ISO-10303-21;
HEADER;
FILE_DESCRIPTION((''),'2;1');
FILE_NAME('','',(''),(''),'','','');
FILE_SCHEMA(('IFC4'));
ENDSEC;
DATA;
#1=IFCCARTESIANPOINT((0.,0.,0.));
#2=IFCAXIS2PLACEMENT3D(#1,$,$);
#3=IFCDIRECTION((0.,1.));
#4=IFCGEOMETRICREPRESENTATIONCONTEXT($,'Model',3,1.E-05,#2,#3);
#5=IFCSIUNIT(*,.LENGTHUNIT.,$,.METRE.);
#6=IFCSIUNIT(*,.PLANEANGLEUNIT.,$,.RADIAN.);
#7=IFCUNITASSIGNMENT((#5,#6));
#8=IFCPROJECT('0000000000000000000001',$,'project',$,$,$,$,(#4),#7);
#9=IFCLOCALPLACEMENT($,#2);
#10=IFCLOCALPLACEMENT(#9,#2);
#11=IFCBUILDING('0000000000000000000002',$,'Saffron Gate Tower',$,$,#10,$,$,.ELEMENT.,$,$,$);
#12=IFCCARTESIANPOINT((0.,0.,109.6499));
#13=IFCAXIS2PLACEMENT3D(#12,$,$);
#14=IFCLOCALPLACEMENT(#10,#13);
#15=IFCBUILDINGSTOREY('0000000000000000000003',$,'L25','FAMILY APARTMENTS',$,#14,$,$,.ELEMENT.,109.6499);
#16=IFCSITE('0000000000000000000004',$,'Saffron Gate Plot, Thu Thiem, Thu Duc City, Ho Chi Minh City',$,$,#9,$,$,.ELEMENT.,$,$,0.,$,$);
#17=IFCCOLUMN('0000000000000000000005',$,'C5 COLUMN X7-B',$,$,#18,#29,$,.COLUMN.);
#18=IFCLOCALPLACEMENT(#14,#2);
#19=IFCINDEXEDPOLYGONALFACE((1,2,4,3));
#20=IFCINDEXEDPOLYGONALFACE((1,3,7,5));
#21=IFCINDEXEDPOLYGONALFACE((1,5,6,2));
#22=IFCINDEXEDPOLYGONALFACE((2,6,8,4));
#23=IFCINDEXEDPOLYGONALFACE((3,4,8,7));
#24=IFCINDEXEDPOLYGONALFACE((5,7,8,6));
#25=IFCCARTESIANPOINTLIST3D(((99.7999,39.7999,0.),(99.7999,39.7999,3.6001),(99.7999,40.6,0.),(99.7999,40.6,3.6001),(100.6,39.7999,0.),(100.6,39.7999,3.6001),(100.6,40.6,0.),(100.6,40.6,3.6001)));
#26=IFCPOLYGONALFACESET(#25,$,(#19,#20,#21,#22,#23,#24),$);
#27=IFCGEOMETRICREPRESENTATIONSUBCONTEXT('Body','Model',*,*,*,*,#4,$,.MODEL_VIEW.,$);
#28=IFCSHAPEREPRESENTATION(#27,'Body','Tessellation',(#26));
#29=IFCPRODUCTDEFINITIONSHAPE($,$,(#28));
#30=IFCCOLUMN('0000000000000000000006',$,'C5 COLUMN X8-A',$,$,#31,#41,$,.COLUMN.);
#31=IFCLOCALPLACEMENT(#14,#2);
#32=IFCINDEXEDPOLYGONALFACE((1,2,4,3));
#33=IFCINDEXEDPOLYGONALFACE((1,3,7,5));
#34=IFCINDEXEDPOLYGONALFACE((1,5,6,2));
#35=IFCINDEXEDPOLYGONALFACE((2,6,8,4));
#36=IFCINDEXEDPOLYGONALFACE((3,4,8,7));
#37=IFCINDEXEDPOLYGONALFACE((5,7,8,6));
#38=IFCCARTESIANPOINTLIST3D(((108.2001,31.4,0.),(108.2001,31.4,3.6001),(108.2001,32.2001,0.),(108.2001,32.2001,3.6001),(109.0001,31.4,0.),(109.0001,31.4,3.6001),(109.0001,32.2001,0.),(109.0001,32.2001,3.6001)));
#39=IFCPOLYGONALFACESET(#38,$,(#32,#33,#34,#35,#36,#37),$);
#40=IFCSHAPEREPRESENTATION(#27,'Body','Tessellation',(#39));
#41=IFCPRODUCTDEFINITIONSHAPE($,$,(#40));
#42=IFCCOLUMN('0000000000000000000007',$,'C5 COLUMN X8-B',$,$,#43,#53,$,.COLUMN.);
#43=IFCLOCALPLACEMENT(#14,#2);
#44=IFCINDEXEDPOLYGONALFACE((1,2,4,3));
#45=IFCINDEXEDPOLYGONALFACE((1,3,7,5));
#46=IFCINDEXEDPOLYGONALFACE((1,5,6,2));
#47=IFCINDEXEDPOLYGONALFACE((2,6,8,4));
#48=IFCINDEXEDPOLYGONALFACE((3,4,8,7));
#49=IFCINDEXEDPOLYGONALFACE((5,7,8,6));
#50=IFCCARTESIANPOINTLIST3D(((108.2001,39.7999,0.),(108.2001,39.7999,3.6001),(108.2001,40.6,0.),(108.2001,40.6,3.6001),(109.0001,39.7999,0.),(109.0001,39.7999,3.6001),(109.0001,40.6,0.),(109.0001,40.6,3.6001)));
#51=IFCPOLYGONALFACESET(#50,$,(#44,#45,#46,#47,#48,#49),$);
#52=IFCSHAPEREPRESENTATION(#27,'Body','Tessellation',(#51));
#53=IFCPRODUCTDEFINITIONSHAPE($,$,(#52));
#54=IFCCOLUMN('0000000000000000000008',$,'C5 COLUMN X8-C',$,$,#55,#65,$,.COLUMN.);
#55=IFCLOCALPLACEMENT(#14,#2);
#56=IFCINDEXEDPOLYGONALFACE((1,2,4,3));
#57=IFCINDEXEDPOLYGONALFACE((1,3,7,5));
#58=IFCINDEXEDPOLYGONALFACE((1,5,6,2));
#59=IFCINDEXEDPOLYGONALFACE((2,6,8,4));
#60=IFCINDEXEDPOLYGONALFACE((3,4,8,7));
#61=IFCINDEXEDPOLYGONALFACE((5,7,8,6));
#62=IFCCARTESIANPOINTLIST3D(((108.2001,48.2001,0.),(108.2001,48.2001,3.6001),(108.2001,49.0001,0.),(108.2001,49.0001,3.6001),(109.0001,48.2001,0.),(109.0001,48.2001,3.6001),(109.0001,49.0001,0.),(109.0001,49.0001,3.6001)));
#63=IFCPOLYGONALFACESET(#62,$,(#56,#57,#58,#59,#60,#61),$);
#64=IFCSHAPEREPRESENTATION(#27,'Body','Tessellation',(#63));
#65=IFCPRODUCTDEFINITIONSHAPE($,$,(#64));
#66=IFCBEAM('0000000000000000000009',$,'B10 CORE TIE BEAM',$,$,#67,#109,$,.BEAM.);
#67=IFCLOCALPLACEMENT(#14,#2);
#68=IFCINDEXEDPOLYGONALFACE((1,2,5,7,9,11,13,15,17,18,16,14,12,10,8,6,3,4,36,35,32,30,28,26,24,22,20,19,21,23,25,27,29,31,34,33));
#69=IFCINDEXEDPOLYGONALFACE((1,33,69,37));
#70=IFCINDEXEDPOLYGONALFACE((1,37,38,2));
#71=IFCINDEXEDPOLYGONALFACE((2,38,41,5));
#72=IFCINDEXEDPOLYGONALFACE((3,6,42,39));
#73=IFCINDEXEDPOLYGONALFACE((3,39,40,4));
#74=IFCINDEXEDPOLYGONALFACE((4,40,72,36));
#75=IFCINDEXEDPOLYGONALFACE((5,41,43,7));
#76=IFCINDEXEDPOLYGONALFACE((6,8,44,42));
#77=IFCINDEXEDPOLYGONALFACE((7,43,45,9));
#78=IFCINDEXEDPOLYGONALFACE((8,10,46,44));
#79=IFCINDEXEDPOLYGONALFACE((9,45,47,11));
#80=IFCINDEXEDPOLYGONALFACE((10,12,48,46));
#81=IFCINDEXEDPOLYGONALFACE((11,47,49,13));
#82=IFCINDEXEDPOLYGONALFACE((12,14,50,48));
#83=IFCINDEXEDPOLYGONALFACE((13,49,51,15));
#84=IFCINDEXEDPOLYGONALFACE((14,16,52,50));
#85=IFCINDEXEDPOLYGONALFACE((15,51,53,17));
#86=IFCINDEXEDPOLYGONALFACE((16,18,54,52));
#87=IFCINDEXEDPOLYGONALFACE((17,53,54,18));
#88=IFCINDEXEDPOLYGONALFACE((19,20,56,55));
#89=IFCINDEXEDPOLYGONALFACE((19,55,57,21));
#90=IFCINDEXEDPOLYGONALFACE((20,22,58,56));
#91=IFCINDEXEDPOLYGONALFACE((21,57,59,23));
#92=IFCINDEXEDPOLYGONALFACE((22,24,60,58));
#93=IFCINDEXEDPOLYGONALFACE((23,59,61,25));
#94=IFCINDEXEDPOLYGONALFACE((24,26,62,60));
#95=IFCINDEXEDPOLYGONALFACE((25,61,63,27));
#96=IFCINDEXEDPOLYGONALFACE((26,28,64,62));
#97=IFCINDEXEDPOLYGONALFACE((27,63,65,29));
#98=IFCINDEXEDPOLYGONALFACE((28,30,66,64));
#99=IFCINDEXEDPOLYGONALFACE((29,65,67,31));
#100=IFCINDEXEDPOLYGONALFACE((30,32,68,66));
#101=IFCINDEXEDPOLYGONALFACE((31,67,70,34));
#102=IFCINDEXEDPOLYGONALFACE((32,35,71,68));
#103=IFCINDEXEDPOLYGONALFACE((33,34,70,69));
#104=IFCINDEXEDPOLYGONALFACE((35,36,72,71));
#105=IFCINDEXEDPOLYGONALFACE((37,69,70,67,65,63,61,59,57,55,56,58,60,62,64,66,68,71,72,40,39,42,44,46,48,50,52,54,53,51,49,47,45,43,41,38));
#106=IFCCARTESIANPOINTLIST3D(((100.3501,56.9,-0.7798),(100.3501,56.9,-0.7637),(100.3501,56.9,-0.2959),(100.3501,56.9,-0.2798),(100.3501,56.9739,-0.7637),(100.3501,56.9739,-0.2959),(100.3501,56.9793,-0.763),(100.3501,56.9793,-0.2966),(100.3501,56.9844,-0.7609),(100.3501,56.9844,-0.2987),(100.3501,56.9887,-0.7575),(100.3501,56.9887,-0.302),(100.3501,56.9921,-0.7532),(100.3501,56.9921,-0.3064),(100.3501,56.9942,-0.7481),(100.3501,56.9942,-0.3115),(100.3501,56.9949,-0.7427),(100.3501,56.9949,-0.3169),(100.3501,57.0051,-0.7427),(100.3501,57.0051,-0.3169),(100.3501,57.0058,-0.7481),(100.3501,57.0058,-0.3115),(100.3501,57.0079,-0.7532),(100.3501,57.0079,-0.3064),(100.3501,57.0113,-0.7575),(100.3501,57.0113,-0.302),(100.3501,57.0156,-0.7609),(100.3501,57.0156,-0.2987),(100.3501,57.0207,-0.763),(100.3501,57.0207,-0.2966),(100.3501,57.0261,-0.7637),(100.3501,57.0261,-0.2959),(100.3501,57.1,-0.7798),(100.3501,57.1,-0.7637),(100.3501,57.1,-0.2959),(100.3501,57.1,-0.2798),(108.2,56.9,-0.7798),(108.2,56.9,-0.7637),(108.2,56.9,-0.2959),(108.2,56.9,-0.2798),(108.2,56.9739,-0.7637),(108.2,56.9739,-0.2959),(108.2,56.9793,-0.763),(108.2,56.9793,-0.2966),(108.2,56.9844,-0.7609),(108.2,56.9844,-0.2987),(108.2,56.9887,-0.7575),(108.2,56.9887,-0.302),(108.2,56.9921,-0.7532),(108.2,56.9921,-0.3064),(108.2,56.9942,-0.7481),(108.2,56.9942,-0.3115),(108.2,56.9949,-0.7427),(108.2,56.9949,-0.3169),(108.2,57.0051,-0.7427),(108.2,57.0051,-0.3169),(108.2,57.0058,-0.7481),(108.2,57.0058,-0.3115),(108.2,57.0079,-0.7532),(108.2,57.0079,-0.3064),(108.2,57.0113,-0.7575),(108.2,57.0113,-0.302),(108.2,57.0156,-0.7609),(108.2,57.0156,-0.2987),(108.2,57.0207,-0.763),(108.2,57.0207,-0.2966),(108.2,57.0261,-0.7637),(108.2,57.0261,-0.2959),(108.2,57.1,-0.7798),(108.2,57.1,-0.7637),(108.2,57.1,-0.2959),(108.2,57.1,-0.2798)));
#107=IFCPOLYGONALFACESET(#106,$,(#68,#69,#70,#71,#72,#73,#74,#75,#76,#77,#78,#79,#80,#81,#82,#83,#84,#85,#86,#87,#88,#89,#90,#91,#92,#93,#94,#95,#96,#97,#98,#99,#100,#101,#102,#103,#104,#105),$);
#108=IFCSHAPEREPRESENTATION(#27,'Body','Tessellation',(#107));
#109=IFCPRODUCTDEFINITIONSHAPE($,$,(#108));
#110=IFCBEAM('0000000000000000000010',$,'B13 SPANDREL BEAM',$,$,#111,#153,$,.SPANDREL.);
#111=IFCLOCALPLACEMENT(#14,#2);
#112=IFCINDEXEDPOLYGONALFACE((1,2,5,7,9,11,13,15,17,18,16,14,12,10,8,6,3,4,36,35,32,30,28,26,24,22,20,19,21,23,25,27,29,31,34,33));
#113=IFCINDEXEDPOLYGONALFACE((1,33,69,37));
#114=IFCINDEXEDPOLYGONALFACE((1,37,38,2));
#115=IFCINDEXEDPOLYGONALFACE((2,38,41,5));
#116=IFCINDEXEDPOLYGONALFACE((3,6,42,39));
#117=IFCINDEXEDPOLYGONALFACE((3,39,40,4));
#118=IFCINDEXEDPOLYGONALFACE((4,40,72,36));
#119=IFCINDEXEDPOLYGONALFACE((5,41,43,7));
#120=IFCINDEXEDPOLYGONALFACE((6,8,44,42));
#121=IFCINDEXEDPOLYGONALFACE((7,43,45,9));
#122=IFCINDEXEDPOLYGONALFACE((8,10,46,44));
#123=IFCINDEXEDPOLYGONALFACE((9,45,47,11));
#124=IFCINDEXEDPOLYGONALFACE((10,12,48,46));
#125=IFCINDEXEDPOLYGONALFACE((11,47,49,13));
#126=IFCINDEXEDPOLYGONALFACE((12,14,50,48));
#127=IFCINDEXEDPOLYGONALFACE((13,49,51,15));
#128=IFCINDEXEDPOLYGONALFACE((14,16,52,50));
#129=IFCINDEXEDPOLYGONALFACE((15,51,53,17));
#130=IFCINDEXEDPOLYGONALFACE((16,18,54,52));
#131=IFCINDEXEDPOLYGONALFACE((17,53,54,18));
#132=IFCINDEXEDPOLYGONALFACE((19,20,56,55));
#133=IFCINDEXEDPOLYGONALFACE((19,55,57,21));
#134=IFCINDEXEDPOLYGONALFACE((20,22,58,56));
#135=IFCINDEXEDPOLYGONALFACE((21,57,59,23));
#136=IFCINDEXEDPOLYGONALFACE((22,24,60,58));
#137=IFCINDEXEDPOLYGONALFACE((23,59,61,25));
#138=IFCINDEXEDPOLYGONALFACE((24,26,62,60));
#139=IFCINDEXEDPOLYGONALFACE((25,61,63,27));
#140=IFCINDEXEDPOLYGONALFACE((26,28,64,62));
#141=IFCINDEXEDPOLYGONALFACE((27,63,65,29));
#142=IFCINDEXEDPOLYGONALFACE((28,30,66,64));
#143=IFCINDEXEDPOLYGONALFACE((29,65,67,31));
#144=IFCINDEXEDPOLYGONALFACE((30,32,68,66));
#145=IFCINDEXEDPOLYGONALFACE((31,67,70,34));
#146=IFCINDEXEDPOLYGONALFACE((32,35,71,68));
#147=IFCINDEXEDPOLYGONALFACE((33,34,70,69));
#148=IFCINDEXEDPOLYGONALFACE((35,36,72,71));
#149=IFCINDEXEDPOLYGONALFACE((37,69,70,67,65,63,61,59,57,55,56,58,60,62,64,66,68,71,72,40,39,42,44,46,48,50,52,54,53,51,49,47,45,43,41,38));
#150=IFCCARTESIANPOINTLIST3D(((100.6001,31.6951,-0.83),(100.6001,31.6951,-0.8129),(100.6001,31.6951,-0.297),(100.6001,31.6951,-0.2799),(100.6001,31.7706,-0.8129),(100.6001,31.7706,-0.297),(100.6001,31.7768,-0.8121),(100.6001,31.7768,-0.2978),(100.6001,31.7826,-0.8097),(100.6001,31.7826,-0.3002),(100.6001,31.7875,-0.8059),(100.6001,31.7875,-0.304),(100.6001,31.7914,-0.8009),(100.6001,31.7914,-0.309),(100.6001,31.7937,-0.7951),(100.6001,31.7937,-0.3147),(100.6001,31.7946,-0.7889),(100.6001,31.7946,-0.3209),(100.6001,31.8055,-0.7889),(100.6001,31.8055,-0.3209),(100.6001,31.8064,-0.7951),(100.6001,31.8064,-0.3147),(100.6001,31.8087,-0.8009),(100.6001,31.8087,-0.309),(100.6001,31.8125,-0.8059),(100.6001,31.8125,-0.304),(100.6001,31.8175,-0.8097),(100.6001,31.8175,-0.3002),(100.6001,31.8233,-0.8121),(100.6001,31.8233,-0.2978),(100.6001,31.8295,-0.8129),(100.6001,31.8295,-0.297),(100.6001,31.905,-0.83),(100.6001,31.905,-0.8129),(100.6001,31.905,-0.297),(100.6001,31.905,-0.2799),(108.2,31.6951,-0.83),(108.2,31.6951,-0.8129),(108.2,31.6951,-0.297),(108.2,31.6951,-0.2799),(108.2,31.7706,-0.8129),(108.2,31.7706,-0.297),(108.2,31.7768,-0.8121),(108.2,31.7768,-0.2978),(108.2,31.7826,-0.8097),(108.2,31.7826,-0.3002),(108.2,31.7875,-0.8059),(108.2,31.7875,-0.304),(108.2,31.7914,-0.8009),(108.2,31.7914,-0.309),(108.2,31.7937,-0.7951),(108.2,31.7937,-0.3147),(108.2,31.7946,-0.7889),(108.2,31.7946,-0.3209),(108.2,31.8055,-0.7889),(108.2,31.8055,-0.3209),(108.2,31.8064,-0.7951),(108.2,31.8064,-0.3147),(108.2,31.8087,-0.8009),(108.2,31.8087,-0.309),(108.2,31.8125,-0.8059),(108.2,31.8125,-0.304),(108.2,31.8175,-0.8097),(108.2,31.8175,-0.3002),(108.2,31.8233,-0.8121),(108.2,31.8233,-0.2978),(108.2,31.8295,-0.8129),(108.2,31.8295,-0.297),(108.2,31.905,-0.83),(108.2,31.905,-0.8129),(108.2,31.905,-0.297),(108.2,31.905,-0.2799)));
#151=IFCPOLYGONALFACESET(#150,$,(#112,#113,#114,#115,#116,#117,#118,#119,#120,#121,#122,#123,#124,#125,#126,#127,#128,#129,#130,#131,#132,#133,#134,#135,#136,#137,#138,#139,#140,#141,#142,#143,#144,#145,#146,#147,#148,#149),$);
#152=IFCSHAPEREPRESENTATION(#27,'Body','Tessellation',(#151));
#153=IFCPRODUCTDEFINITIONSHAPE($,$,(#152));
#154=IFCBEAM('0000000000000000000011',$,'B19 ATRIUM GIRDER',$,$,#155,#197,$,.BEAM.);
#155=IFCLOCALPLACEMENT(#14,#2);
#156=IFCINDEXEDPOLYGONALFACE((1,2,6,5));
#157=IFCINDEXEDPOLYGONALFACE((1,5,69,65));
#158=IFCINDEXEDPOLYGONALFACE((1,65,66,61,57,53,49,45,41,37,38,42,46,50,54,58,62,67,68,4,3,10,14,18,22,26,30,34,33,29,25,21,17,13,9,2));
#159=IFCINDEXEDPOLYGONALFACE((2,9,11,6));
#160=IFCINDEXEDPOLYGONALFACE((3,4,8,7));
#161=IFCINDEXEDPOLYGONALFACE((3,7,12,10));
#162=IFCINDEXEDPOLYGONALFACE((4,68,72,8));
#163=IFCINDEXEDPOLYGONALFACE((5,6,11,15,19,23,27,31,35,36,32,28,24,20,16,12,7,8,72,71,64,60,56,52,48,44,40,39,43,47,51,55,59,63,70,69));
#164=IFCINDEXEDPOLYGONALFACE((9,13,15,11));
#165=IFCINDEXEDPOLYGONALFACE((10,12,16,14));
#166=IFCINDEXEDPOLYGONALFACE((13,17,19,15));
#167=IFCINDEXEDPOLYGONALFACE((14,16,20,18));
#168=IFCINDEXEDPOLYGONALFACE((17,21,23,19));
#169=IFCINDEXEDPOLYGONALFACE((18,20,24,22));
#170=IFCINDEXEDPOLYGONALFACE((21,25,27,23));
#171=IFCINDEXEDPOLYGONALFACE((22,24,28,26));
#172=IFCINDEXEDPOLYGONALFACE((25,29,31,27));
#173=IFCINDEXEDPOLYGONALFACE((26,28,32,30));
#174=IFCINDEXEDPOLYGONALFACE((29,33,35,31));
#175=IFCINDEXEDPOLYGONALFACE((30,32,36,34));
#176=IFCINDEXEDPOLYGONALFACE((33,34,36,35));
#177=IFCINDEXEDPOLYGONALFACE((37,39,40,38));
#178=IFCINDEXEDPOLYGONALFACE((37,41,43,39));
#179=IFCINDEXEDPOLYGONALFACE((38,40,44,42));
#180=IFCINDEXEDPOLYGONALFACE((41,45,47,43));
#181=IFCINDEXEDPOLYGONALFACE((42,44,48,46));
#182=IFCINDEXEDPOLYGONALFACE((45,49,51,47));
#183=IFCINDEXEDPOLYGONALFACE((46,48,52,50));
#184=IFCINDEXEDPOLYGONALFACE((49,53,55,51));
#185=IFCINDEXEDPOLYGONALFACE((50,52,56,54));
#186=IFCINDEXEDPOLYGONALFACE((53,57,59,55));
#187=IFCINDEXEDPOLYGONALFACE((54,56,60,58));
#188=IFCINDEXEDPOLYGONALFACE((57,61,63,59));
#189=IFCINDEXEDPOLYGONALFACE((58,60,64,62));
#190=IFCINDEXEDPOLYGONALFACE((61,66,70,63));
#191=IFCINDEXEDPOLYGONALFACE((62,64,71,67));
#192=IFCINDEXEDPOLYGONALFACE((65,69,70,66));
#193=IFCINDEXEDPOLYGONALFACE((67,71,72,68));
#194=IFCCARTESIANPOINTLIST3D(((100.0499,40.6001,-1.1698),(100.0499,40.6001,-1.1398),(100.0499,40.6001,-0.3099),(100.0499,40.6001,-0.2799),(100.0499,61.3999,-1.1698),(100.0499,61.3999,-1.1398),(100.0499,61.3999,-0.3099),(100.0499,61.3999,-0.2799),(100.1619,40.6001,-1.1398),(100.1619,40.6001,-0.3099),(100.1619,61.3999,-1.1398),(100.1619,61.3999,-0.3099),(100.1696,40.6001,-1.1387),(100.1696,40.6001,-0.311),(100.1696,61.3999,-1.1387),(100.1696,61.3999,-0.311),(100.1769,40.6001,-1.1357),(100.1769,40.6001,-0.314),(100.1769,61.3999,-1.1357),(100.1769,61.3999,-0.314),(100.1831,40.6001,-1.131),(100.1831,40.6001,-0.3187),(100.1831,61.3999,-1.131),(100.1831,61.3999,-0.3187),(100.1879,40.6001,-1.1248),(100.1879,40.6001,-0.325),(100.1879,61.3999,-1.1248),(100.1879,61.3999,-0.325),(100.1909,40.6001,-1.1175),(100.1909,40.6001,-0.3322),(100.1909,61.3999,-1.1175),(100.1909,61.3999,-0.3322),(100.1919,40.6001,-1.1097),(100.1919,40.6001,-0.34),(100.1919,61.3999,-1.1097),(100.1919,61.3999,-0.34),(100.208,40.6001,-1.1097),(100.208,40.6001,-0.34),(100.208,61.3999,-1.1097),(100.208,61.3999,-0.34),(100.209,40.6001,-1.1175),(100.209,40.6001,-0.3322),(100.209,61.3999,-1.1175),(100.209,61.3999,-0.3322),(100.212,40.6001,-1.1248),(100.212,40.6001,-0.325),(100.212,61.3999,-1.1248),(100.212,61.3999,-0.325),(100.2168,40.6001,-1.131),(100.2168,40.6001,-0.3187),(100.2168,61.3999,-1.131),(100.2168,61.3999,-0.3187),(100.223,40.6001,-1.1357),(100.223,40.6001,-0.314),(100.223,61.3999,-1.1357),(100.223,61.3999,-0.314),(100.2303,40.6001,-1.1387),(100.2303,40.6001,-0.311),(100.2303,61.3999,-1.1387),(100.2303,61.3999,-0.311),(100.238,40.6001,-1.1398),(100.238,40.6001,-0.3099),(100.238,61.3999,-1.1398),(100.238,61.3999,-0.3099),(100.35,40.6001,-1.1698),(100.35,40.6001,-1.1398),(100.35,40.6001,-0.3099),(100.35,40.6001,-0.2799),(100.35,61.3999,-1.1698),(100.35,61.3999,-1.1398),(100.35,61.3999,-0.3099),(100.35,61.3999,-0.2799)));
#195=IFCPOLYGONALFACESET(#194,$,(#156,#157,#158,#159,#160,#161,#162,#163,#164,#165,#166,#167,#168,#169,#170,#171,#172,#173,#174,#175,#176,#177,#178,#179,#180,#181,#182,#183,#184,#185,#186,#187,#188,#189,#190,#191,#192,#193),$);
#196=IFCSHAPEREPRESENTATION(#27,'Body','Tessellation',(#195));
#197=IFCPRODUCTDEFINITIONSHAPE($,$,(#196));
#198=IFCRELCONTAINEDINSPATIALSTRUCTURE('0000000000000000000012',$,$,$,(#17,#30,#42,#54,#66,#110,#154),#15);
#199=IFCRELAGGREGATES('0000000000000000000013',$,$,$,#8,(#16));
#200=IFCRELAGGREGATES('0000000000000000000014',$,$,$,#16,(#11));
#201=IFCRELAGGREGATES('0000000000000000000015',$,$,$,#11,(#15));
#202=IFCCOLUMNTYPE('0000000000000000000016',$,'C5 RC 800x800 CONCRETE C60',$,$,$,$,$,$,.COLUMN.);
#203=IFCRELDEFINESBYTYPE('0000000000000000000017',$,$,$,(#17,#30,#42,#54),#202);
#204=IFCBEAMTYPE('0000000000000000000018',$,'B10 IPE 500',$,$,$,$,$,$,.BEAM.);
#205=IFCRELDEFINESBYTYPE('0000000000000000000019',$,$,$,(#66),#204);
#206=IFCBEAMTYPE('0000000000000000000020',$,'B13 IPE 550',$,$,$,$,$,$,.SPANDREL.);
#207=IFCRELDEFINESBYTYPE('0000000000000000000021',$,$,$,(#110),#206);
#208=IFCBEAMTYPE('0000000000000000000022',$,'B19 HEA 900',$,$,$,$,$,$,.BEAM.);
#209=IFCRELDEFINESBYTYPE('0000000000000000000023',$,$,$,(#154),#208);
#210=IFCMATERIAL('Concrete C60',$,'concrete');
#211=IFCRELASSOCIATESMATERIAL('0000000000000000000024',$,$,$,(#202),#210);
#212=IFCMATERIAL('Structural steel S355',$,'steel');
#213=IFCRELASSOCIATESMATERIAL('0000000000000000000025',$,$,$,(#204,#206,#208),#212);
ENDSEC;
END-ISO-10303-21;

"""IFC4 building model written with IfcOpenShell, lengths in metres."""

from ifc_helpers import new_model, si_unit, direction, frame, origin, origin_2d, place, context, subcontext, project, spatial, rectangle, i_section, extrude, material, material_profile, profile_set, type_object, element, save


model = new_model("IFC4")

# Units and contexts
model_context = context("Model", 3, precision=1e-05, world=origin(), true_north=direction((0.0, 1.0)))
body_context = subcontext(model_context, "Body", "Model", "MODEL_VIEW")
ifc_project = project(units=[si_unit("LENGTHUNIT", "METRE"), si_unit("PLANEANGLEUNIT", "RADIAN")], contexts=[model_context])

# Site, building, storey
site_placement = place(None, origin())
site = spatial("IfcSite", under=ifc_project, at=site_placement, Name="Saffron Gate Plot, Thu Thiem, Thu Duc City, Ho Chi Minh City", CompositionType="ELEMENT", RefElevation=0.0)
building_placement = place(site_placement, origin())
building = spatial("IfcBuilding", under=site, at=building_placement, Name="Saffron Gate Tower", CompositionType="ELEMENT")
storey_placement = place(building_placement, frame((0.0, 0.0, 109.6499)))
storey = spatial("IfcBuildingStorey", under=building, at=storey_placement, Name="L25", Description="FAMILY APARTMENTS", CompositionType="ELEMENT", Elevation=109.6499)

# Columns
ifc_material_1 = material(Name="Concrete C60", Category="concrete")
ifc_material_profile_1 = material_profile(ifc_material_1, rectangle(XDim=0.8, YDim=0.8, at=origin_2d()))
ifc_profile_set_1 = profile_set([ifc_material_profile_1], Name="Concrete C60")
column_type = type_object("IfcColumnType", Name="C5 RC 800x800 CONCRETE C60", PredefinedType="COLUMN", material=ifc_profile_set_1)
for number, where, z_axis, x_axis, name in (
    (1, (100.2, 40.2, 0.0), (0.0, 0.0, 1.0), (1.0, 0.0, 0.0), "C5 COLUMN X7-B"),
    (2, (108.6001, 31.8, 0.0), (0.0, 0.0, 1.0), (1.0, 0.0, 0.0), "C5 COLUMN X8-A"),
    (3, (108.6001, 40.2, 0.0), (0.0, 0.0, 1.0), (1.0, 0.0, 0.0), "C5 COLUMN X8-B"),
    (4, (108.6001, 48.6001, 0.0), (0.0, 0.0, 1.0), (1.0, 0.0, 0.0), "C5 COLUMN X8-C"),
):
    element("IfcColumn", number, at=place(storey_placement, frame(where, z_axis=z_axis, x_axis=x_axis)), inside=storey, type_object=column_type, Name=name, PredefinedType="COLUMN", context=body_context, shape_type="SweptSolid", body=[
        extrude(rectangle(XDim=0.8, YDim=0.8, at=origin_2d()), origin(), (0.0, 0.0, 1.0), 3.6001),
    ])

# Beams
ifc_material_2 = material(Name="Structural steel S355", Category="steel")
ifc_material_profile_2 = material_profile(ifc_material_2, i_section(OverallWidth=0.2, OverallDepth=0.5, WebThickness=0.0103, FlangeThickness=0.0161, FilletRadius=0.021, at=origin_2d()))
ifc_profile_set_2 = profile_set([ifc_material_profile_2], Name="Structural steel S355")
beam_type_1 = type_object("IfcBeamType", Name="B10 IPE 500", PredefinedType="BEAM", material=ifc_profile_set_2)
beam_1_placement = place(storey_placement, frame((108.2, 57.0, -0.5298), z_axis=(-1.0, 0.0, 0.0), x_axis=(0.0, -1.0, 0.0)))
element("IfcBeam", 5, at=beam_1_placement, inside=storey, type_object=beam_type_1, Name="B10 CORE TIE BEAM", PredefinedType="BEAM", context=body_context, shape_type="SweptSolid", body=[
    extrude(i_section(OverallWidth=0.2, OverallDepth=0.5, WebThickness=0.0103, FlangeThickness=0.0161, FilletRadius=0.021, at=origin_2d()), origin(), (0.0, 0.0, 1.0), 7.8499),
])
ifc_material_profile_3 = material_profile(ifc_material_2, i_section(OverallWidth=0.21, OverallDepth=0.55, WebThickness=0.011, FlangeThickness=0.0171, FilletRadius=0.0239, at=origin_2d()))
ifc_profile_set_3 = profile_set([ifc_material_profile_3], Name="Structural steel S355")
beam_type_2 = type_object("IfcBeamType", Name="B13 IPE 550", PredefinedType="SPANDREL", material=ifc_profile_set_3)
beam_2_placement = place(storey_placement, frame((100.6001, 31.8, -0.5549), z_axis=(1.0, 0.0, 0.0), x_axis=(0.0, 1.0, 0.0)))
element("IfcBeam", 6, at=beam_2_placement, inside=storey, type_object=beam_type_2, Name="B13 SPANDREL BEAM", PredefinedType="SPANDREL", context=body_context, shape_type="SweptSolid", body=[
    extrude(i_section(OverallWidth=0.21, OverallDepth=0.55, WebThickness=0.011, FlangeThickness=0.0171, FilletRadius=0.0239, at=origin_2d()), origin(), (0.0, 0.0, 1.0), 7.5999),
])
ifc_material_profile_4 = material_profile(ifc_material_2, i_section(OverallWidth=0.3, OverallDepth=0.8899, WebThickness=0.0161, FlangeThickness=0.03, FilletRadius=0.03, at=origin_2d()))
ifc_profile_set_4 = profile_set([ifc_material_profile_4], Name="Structural steel S355")
beam_type_3 = type_object("IfcBeamType", Name="B19 HEA 900", PredefinedType="BEAM", material=ifc_profile_set_4)
beam_3_placement = place(storey_placement, frame((100.2, 40.6001, -0.7249), z_axis=(0.0, 1.0, 0.0), x_axis=(-1.0, 0.0, 0.0)))
element("IfcBeam", 7, at=beam_3_placement, inside=storey, type_object=beam_type_3, Name="B19 ATRIUM GIRDER", PredefinedType="BEAM", context=body_context, shape_type="SweptSolid", body=[
    extrude(i_section(OverallWidth=0.3, OverallDepth=0.8899, WebThickness=0.0161, FlangeThickness=0.03, FilletRadius=0.03, at=origin_2d()), origin(), (0.0, 0.0, 1.0), 20.7998),
])

save(model, "model.ifc")
